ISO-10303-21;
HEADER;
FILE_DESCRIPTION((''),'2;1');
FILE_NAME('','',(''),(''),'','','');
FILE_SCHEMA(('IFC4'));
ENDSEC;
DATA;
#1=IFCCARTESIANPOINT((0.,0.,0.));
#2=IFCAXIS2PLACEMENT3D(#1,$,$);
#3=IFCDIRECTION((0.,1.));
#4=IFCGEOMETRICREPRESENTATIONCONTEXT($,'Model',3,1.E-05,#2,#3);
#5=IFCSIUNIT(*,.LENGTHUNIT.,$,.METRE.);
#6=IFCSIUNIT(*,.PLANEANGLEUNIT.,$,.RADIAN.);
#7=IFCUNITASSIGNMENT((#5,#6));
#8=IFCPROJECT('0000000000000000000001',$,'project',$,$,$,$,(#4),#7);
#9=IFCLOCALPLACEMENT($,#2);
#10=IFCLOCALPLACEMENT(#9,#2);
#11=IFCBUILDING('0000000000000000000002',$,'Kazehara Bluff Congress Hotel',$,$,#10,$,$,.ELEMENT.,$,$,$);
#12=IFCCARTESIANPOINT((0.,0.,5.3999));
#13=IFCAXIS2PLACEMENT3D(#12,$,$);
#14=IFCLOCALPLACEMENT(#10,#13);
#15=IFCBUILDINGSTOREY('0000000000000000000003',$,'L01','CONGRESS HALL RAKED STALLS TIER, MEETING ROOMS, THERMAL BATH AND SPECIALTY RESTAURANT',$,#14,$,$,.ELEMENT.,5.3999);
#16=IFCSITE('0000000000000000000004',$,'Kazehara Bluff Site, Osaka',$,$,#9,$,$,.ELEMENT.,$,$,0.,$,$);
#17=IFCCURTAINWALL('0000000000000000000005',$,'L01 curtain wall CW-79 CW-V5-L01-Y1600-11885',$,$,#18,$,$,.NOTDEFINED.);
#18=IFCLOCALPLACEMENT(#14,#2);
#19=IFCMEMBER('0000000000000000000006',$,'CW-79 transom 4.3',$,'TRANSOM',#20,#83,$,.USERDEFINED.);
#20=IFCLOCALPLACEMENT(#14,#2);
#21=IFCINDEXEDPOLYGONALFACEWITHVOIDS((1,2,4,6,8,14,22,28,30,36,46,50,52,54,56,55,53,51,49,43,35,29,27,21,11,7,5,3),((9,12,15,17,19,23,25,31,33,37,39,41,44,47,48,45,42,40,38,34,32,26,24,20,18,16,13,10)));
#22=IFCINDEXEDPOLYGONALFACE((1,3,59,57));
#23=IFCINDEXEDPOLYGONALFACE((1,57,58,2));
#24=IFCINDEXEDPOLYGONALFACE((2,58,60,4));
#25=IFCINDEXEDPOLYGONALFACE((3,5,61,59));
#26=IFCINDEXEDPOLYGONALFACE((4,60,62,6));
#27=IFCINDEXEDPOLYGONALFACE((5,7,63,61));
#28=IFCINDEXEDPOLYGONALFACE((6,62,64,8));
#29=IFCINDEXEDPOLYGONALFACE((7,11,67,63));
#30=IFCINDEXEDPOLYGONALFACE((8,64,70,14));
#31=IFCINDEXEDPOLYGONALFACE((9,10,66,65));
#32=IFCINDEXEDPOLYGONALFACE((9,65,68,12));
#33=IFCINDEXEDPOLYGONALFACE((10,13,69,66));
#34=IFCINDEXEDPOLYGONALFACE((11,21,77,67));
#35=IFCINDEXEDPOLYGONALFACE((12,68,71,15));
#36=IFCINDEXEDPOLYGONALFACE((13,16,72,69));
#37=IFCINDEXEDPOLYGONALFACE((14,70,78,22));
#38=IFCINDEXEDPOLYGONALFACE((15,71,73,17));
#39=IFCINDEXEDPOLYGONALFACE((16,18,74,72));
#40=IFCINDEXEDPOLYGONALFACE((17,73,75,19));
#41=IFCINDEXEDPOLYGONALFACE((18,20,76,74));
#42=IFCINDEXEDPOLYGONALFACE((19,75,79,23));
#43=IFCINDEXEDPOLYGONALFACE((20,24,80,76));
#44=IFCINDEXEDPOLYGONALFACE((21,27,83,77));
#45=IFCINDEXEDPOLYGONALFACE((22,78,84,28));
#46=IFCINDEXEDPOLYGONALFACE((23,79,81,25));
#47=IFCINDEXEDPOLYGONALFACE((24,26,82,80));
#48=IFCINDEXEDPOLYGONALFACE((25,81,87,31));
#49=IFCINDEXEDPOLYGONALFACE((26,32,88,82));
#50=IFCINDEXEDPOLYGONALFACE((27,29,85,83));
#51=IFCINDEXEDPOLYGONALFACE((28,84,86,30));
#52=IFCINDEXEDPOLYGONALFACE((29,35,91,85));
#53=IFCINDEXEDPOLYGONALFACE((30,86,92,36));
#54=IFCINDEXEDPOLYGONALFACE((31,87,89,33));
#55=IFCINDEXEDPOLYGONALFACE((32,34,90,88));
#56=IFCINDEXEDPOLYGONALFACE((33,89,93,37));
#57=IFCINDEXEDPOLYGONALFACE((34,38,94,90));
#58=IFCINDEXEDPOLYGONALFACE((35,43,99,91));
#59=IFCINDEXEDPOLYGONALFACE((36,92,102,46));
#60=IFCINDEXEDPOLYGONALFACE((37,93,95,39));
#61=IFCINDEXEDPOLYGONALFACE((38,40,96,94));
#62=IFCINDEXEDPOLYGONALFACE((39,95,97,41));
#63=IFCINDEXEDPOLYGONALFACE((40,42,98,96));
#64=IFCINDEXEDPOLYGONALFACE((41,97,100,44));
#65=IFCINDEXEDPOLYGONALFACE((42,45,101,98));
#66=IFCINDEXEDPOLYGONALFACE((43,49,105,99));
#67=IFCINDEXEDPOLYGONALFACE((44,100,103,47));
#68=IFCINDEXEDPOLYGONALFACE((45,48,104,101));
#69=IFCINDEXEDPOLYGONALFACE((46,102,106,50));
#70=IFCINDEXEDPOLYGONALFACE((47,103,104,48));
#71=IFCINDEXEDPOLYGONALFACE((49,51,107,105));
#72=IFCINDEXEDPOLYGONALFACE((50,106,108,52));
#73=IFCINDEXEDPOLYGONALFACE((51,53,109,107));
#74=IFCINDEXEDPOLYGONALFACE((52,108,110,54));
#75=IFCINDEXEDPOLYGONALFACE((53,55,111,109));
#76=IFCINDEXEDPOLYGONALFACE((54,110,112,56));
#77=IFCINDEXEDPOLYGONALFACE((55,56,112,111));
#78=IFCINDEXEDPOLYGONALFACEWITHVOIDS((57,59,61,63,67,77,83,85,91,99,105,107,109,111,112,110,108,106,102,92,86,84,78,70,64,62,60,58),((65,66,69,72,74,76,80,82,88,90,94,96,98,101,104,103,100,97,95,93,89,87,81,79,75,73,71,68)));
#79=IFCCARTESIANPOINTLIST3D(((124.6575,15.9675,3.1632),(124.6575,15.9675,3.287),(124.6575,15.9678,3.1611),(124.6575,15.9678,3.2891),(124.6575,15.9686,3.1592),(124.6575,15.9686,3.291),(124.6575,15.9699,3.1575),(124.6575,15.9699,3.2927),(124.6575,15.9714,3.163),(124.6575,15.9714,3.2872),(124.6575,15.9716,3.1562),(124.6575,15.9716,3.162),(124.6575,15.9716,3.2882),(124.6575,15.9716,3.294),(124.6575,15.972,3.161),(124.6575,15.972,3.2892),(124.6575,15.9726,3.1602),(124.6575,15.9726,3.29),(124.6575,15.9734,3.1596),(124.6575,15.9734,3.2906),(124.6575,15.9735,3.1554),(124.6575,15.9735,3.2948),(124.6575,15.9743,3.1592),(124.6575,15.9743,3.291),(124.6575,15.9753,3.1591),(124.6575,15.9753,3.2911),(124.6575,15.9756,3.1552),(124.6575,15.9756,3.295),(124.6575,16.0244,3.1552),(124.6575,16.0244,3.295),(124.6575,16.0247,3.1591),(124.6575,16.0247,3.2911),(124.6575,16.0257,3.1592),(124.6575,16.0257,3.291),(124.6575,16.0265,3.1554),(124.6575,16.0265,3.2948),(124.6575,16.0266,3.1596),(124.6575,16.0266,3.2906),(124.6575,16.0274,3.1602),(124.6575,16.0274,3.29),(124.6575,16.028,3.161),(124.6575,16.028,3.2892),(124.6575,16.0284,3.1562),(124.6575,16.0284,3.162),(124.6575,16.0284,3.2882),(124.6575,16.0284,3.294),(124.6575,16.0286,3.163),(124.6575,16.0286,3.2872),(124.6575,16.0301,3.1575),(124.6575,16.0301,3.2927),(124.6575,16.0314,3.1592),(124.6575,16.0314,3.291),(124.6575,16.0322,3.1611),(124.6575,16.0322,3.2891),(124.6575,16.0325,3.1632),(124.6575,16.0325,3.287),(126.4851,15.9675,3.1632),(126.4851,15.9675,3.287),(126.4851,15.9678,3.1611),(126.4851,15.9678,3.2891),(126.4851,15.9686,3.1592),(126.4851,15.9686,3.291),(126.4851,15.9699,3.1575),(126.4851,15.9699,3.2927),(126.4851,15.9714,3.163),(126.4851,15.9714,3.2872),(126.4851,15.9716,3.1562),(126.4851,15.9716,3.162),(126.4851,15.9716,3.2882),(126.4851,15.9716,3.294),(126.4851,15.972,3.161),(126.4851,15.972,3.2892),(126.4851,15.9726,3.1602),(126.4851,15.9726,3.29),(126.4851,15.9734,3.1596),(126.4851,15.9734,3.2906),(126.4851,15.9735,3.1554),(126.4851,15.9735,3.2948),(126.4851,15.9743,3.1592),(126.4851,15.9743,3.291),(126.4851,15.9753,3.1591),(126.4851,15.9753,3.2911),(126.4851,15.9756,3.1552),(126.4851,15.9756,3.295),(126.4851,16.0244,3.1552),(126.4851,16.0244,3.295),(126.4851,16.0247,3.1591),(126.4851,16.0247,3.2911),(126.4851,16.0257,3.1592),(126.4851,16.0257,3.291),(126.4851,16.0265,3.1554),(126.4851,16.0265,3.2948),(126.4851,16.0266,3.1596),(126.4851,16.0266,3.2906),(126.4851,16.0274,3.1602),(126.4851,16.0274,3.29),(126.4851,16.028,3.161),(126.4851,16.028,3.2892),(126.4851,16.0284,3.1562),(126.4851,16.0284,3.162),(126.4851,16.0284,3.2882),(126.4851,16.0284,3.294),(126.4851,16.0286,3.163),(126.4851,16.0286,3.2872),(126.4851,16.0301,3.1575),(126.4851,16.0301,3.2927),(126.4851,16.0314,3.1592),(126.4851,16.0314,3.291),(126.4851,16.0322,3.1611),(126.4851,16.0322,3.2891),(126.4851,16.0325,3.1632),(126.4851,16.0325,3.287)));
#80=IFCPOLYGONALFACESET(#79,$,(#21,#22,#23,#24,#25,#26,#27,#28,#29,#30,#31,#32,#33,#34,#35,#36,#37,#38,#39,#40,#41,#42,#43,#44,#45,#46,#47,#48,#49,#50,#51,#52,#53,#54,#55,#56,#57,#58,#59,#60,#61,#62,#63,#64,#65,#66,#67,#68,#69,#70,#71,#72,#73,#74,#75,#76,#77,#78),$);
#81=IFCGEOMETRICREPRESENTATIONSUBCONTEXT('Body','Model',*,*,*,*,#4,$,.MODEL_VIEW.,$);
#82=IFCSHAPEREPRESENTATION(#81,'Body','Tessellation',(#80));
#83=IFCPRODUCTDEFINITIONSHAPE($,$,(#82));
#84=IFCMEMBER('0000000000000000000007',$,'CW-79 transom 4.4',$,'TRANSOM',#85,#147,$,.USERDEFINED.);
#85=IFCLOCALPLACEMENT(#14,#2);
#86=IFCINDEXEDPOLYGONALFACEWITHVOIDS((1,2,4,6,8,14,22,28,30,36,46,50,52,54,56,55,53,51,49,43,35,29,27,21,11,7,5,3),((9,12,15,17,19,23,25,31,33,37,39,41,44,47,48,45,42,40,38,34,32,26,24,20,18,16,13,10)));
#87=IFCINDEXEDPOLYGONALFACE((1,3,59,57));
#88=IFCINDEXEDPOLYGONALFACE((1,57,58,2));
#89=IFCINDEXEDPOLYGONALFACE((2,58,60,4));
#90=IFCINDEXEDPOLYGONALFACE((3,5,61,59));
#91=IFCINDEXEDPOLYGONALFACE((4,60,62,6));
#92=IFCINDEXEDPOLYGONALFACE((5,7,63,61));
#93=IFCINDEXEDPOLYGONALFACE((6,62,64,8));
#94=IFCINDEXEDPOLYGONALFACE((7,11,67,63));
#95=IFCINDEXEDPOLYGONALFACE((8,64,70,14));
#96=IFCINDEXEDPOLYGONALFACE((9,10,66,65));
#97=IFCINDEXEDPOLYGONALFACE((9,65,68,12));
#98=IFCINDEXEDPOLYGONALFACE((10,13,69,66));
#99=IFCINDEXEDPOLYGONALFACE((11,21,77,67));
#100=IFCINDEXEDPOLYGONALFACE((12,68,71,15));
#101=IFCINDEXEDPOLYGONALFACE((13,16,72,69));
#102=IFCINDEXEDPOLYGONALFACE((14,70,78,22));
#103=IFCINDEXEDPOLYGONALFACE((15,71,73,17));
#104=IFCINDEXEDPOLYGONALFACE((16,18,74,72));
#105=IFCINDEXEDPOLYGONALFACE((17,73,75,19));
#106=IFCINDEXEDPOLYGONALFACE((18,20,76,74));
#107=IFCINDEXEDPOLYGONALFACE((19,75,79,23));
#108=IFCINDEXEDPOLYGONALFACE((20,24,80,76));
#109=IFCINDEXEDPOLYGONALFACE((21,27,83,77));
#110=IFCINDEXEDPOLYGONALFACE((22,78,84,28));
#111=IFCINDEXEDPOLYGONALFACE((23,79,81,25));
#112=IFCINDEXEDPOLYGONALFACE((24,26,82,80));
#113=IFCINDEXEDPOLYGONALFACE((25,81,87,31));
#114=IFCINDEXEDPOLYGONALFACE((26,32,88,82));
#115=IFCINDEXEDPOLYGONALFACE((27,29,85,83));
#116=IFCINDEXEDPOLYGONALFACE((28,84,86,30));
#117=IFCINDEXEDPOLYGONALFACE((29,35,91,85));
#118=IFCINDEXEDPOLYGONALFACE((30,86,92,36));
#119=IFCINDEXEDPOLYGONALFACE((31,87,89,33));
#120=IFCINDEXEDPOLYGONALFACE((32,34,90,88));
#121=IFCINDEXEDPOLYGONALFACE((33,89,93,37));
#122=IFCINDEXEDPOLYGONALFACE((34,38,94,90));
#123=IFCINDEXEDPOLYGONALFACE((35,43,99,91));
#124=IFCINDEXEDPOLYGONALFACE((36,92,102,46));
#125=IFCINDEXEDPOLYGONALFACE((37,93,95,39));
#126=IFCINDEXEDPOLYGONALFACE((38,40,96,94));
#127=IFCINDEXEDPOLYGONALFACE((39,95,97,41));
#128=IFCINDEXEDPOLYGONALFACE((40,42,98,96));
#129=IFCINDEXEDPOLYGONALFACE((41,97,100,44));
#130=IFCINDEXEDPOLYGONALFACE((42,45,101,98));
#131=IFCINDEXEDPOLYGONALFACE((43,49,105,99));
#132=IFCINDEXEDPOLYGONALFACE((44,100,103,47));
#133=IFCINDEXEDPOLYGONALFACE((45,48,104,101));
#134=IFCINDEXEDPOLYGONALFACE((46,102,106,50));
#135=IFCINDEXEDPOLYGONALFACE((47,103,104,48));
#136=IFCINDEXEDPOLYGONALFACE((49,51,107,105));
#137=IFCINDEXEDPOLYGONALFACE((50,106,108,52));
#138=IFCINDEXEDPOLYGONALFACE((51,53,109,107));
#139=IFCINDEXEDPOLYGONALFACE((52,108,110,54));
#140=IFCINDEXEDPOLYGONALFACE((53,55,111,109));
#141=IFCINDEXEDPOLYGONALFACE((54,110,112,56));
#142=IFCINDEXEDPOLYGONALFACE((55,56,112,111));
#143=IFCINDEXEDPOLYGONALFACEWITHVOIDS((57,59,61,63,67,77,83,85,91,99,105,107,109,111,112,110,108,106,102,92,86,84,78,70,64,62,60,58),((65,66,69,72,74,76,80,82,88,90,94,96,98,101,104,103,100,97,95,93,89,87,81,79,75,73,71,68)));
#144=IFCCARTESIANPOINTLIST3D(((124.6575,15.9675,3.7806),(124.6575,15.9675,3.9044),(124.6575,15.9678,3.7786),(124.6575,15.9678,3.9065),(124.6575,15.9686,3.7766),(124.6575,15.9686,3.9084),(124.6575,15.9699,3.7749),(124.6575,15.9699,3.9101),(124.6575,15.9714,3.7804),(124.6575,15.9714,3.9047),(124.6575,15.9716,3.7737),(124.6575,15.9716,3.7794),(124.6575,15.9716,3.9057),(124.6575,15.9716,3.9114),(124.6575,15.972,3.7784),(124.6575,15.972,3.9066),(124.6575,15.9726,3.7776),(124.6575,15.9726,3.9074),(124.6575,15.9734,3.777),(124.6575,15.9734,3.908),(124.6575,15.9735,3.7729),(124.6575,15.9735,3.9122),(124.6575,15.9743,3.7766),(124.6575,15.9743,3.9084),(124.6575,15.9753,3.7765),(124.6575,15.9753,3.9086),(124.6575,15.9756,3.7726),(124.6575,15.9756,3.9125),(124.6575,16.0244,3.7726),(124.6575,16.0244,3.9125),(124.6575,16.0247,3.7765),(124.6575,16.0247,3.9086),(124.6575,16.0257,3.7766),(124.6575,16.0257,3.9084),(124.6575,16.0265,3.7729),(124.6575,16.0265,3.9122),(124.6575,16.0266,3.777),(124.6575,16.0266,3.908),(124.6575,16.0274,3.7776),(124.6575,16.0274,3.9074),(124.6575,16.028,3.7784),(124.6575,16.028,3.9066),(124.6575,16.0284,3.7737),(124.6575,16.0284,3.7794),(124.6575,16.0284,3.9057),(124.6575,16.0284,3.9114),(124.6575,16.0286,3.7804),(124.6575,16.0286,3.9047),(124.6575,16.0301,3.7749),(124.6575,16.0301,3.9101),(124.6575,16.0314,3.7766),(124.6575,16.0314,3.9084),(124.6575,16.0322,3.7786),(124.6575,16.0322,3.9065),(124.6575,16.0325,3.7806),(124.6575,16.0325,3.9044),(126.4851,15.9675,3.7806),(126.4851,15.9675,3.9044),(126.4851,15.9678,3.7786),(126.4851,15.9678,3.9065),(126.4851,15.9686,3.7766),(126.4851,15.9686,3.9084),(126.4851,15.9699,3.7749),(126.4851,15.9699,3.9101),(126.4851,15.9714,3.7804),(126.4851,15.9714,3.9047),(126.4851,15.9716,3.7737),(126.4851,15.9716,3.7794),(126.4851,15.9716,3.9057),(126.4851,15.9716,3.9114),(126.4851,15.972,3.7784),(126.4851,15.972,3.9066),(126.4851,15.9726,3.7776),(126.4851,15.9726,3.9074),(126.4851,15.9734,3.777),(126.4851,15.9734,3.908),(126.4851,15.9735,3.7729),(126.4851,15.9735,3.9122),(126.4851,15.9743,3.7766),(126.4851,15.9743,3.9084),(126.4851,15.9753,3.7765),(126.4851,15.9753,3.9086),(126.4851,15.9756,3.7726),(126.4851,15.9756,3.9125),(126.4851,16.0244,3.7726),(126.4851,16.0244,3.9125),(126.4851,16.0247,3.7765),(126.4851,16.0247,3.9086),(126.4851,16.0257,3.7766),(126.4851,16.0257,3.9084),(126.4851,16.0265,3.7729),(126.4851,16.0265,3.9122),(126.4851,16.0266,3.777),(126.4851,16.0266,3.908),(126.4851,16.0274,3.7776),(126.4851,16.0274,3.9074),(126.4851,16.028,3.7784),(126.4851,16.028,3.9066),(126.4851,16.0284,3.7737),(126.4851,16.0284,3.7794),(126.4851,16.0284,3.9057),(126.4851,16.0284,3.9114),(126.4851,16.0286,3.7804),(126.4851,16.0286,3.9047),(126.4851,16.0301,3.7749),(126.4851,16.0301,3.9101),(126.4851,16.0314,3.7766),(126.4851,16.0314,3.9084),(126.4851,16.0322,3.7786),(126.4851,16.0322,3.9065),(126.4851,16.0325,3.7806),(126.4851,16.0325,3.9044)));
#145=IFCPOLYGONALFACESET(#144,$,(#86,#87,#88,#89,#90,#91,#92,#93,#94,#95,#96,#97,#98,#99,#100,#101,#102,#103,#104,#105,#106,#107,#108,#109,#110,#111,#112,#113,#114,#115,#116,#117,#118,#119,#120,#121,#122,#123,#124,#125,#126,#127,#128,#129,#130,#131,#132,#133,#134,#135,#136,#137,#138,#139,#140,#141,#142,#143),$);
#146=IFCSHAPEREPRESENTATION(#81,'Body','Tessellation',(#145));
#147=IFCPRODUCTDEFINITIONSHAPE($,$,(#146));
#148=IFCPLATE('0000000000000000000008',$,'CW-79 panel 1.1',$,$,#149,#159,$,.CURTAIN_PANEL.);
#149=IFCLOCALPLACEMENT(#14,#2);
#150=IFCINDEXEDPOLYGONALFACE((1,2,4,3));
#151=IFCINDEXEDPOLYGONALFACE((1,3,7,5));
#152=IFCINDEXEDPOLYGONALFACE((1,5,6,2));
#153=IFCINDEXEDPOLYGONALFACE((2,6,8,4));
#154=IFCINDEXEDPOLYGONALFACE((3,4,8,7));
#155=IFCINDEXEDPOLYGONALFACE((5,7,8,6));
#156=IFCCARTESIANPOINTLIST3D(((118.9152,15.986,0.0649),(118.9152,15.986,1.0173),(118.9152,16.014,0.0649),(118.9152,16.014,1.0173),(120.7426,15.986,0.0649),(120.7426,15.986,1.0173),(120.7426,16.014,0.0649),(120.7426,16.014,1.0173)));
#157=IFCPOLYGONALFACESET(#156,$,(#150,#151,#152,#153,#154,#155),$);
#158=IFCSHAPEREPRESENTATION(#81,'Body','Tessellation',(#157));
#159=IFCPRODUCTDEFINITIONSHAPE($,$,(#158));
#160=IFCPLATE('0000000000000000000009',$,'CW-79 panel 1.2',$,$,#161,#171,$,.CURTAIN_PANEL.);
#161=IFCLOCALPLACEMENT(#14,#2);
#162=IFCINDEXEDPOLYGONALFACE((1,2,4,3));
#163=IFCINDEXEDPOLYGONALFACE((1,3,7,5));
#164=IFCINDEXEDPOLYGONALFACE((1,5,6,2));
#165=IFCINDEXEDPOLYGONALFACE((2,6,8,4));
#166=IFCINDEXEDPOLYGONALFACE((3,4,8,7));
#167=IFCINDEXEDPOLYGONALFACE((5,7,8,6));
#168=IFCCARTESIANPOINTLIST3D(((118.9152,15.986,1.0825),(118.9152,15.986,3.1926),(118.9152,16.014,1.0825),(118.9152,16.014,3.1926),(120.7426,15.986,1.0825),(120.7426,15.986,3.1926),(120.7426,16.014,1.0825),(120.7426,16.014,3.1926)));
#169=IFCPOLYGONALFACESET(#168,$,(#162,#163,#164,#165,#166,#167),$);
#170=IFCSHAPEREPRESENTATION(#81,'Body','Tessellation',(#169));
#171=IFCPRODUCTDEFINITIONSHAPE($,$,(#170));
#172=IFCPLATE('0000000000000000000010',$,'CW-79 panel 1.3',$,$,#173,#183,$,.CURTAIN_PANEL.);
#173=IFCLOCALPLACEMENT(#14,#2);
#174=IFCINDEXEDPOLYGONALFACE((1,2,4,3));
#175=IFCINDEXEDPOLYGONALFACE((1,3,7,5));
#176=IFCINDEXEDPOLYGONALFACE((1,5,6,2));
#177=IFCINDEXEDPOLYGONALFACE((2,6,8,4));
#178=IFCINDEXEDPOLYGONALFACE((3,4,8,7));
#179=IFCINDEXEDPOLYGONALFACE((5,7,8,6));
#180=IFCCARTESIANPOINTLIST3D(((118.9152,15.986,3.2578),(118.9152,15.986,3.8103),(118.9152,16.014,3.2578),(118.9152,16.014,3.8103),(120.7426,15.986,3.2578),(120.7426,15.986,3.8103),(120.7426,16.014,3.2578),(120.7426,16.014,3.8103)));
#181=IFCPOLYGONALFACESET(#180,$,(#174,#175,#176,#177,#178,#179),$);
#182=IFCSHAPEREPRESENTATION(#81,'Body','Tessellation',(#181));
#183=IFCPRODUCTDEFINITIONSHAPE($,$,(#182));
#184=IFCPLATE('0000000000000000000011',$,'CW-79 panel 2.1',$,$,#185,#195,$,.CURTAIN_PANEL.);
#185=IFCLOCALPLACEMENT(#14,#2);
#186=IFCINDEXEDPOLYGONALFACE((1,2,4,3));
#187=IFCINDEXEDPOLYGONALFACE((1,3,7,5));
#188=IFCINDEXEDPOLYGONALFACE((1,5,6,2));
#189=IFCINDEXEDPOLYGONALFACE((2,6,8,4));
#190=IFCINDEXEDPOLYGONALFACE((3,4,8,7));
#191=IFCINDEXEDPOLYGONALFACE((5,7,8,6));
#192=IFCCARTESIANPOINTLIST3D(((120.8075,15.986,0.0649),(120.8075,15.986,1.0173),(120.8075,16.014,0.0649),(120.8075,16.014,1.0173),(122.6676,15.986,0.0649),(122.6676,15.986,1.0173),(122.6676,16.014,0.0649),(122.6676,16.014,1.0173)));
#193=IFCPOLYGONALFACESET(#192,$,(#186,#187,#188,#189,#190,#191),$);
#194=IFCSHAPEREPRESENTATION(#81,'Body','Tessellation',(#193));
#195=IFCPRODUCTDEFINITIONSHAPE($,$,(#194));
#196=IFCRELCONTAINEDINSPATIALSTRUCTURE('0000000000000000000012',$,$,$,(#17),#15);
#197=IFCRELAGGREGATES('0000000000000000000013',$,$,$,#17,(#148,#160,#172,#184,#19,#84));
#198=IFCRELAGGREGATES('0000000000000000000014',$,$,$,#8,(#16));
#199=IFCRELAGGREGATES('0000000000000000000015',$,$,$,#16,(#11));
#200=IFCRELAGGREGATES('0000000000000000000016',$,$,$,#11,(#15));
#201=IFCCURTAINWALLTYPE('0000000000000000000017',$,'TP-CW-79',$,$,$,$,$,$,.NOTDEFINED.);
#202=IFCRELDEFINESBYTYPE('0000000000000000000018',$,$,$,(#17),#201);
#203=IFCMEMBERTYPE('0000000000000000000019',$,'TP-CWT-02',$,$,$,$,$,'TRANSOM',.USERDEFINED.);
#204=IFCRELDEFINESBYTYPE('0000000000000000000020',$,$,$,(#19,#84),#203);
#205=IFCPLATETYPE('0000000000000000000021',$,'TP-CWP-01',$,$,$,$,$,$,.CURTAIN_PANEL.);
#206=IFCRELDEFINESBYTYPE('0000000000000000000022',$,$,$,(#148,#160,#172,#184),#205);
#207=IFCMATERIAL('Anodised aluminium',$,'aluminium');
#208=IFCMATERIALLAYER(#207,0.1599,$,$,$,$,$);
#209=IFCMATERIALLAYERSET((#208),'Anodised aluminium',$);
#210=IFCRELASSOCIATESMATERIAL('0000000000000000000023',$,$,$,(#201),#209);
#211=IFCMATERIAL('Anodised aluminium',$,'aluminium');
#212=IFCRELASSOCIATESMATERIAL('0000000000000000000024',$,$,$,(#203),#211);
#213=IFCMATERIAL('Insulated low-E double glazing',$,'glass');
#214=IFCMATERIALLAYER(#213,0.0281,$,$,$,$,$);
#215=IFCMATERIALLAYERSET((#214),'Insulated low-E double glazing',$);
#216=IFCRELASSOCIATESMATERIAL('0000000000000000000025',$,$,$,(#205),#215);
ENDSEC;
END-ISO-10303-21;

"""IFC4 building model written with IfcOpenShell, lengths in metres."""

from ifc_helpers import new_model, si_unit, direction, frame, origin, origin_2d, place, context, subcontext, project, spatial, rectangle, hollow_rectangle, extrude, material, layer, layer_set, material_profile, profile_set, type_object, element, aggregate, save


model = new_model("IFC4")

# Units and contexts
model_context = context("Model", 3, precision=1e-05, world=origin(), true_north=direction((0.0, 1.0)))
body_context = subcontext(model_context, "Body", "Model", "MODEL_VIEW")
ifc_project = project(units=[si_unit("LENGTHUNIT", "METRE"), si_unit("PLANEANGLEUNIT", "RADIAN")], contexts=[model_context])

# Site, building, storey
site_placement = place(None, origin())
site = spatial("IfcSite", under=ifc_project, at=site_placement, Name="Kazehara Bluff Site, Osaka", CompositionType="ELEMENT", RefElevation=0.0)
building_placement = place(site_placement, origin())
building = spatial("IfcBuilding", under=site, at=building_placement, Name="Kazehara Bluff Congress Hotel", CompositionType="ELEMENT")
storey_placement = place(building_placement, frame((0.0, 0.0, 5.3999)))
storey = spatial("IfcBuildingStorey", under=building, at=storey_placement, Name="L01", Description="CONGRESS HALL RAKED STALLS TIER, MEETING ROOMS, THERMAL BATH AND SPECIALTY RESTAURANT", CompositionType="ELEMENT", Elevation=5.3999)

# Curtain wall, members, plates
ifc_material_1 = material(Name="Anodised aluminium", Category="aluminium")
ifc_layer_1 = layer(ifc_material_1, 0.1599)
ifc_layer_set_1 = layer_set([ifc_layer_1], Name="Anodised aluminium")
curtain_wall_type = type_object("IfcCurtainWallType", Name="TP-CW-79", PredefinedType="NOTDEFINED", material=ifc_layer_set_1)
curtain_wall_placement = place(storey_placement, origin())
curtain_wall = element("IfcCurtainWall", 1, at=curtain_wall_placement, inside=storey, type_object=curtain_wall_type, Name="L01 curtain wall CW-79 CW-V5-L01-Y1600-11885", PredefinedType="NOTDEFINED")
ifc_material_2 = material(Name="Anodised aluminium", Category="aluminium")
ifc_material_profile_1 = material_profile(ifc_material_2, hollow_rectangle(XDim=0.0649, YDim=0.1399, WallThickness=0.0039, InnerFilletRadius=0.0039, OuterFilletRadius=0.0081, at=origin_2d()))
ifc_profile_set_1 = profile_set([ifc_material_profile_1], Name="Anodised aluminium")
member_type_1 = type_object("IfcMemberType", Name="TP-CWT-02", ElementType="TRANSOM", PredefinedType="USERDEFINED", material=ifc_profile_set_1)
member_1_placement = place(storey_placement, frame((124.6575, 16.0, 3.2251), z_axis=(1.0, 0.0, 0.0), x_axis=(0.0, 1.0, 0.0)))
member_1 = element("IfcMember", 2, at=member_1_placement, type_object=member_type_1, Name="CW-79 transom 4.3", ObjectType="TRANSOM", PredefinedType="USERDEFINED", context=body_context, shape_type="SweptSolid", body=[
    extrude(hollow_rectangle(XDim=0.0649, YDim=0.1399, WallThickness=0.0039, InnerFilletRadius=0.0039, OuterFilletRadius=0.0081, at=origin_2d()), origin(), (0.0, 0.0, 1.0), 1.8276),
])
member_2_placement = place(storey_placement, frame((124.6575, 16.0, 3.8425), z_axis=(1.0, 0.0, 0.0), x_axis=(0.0, 1.0, 0.0)))
member_2 = element("IfcMember", 3, at=member_2_placement, type_object=member_type_1, Name="CW-79 transom 4.4", ObjectType="TRANSOM", PredefinedType="USERDEFINED", context=body_context, shape_type="SweptSolid", body=[
    extrude(hollow_rectangle(XDim=0.0649, YDim=0.1399, WallThickness=0.0039, InnerFilletRadius=0.0039, OuterFilletRadius=0.0081, at=origin_2d()), origin(), (0.0, 0.0, 1.0), 1.8276),
])
ifc_material_3 = material(Name="Insulated low-E double glazing", Category="glass")
ifc_layer_2 = layer(ifc_material_3, 0.0281)
ifc_layer_set_2 = layer_set([ifc_layer_2], Name="Insulated low-E double glazing")
plate_type = type_object("IfcPlateType", Name="TP-CWP-01", PredefinedType="CURTAIN_PANEL", material=ifc_layer_set_2)
plate_1_placement = place(storey_placement, frame((119.8289, 16.0, 0.0649), z_axis=(0.0, 0.0, 1.0), x_axis=(1.0, 0.0, 0.0)))
plate_1 = element("IfcPlate", 4, at=plate_1_placement, type_object=plate_type, Name="CW-79 panel 1.1", PredefinedType="CURTAIN_PANEL", context=body_context, shape_type="SweptSolid", body=[
    extrude(rectangle(XDim=1.8274, YDim=0.0281, at=origin_2d()), origin(), (0.0, 0.0, 1.0), 0.9524),
])
plate_2_placement = place(storey_placement, frame((119.8289, 16.0, 1.0825), z_axis=(0.0, 0.0, 1.0), x_axis=(1.0, 0.0, 0.0)))
plate_2 = element("IfcPlate", 5, at=plate_2_placement, type_object=plate_type, Name="CW-79 panel 1.2", PredefinedType="CURTAIN_PANEL", context=body_context, shape_type="SweptSolid", body=[
    extrude(rectangle(XDim=1.8274, YDim=0.0281, at=origin_2d()), origin(), (0.0, 0.0, 1.0), 2.1101),
])
plate_3_placement = place(storey_placement, frame((119.8289, 16.0, 3.2578), z_axis=(0.0, 0.0, 1.0), x_axis=(1.0, 0.0, 0.0)))
plate_3 = element("IfcPlate", 6, at=plate_3_placement, type_object=plate_type, Name="CW-79 panel 1.3", PredefinedType="CURTAIN_PANEL", context=body_context, shape_type="SweptSolid", body=[
    extrude(rectangle(XDim=1.8274, YDim=0.0281, at=origin_2d()), origin(), (0.0, 0.0, 1.0), 0.5525),
])
plate_4_placement = place(storey_placement, frame((121.7375, 16.0, 0.0649), z_axis=(0.0, 0.0, 1.0), x_axis=(1.0, 0.0, 0.0)))
plate_4 = element("IfcPlate", 7, at=plate_4_placement, type_object=plate_type, Name="CW-79 panel 2.1", PredefinedType="CURTAIN_PANEL", context=body_context, shape_type="SweptSolid", body=[
    extrude(rectangle(XDim=1.8601, YDim=0.0281, at=origin_2d()), origin(), (0.0, 0.0, 1.0), 0.9524),
])
aggregate(curtain_wall, [plate_1, plate_2, plate_3, plate_4, member_1, member_2])

save(model, "model.ifc")
